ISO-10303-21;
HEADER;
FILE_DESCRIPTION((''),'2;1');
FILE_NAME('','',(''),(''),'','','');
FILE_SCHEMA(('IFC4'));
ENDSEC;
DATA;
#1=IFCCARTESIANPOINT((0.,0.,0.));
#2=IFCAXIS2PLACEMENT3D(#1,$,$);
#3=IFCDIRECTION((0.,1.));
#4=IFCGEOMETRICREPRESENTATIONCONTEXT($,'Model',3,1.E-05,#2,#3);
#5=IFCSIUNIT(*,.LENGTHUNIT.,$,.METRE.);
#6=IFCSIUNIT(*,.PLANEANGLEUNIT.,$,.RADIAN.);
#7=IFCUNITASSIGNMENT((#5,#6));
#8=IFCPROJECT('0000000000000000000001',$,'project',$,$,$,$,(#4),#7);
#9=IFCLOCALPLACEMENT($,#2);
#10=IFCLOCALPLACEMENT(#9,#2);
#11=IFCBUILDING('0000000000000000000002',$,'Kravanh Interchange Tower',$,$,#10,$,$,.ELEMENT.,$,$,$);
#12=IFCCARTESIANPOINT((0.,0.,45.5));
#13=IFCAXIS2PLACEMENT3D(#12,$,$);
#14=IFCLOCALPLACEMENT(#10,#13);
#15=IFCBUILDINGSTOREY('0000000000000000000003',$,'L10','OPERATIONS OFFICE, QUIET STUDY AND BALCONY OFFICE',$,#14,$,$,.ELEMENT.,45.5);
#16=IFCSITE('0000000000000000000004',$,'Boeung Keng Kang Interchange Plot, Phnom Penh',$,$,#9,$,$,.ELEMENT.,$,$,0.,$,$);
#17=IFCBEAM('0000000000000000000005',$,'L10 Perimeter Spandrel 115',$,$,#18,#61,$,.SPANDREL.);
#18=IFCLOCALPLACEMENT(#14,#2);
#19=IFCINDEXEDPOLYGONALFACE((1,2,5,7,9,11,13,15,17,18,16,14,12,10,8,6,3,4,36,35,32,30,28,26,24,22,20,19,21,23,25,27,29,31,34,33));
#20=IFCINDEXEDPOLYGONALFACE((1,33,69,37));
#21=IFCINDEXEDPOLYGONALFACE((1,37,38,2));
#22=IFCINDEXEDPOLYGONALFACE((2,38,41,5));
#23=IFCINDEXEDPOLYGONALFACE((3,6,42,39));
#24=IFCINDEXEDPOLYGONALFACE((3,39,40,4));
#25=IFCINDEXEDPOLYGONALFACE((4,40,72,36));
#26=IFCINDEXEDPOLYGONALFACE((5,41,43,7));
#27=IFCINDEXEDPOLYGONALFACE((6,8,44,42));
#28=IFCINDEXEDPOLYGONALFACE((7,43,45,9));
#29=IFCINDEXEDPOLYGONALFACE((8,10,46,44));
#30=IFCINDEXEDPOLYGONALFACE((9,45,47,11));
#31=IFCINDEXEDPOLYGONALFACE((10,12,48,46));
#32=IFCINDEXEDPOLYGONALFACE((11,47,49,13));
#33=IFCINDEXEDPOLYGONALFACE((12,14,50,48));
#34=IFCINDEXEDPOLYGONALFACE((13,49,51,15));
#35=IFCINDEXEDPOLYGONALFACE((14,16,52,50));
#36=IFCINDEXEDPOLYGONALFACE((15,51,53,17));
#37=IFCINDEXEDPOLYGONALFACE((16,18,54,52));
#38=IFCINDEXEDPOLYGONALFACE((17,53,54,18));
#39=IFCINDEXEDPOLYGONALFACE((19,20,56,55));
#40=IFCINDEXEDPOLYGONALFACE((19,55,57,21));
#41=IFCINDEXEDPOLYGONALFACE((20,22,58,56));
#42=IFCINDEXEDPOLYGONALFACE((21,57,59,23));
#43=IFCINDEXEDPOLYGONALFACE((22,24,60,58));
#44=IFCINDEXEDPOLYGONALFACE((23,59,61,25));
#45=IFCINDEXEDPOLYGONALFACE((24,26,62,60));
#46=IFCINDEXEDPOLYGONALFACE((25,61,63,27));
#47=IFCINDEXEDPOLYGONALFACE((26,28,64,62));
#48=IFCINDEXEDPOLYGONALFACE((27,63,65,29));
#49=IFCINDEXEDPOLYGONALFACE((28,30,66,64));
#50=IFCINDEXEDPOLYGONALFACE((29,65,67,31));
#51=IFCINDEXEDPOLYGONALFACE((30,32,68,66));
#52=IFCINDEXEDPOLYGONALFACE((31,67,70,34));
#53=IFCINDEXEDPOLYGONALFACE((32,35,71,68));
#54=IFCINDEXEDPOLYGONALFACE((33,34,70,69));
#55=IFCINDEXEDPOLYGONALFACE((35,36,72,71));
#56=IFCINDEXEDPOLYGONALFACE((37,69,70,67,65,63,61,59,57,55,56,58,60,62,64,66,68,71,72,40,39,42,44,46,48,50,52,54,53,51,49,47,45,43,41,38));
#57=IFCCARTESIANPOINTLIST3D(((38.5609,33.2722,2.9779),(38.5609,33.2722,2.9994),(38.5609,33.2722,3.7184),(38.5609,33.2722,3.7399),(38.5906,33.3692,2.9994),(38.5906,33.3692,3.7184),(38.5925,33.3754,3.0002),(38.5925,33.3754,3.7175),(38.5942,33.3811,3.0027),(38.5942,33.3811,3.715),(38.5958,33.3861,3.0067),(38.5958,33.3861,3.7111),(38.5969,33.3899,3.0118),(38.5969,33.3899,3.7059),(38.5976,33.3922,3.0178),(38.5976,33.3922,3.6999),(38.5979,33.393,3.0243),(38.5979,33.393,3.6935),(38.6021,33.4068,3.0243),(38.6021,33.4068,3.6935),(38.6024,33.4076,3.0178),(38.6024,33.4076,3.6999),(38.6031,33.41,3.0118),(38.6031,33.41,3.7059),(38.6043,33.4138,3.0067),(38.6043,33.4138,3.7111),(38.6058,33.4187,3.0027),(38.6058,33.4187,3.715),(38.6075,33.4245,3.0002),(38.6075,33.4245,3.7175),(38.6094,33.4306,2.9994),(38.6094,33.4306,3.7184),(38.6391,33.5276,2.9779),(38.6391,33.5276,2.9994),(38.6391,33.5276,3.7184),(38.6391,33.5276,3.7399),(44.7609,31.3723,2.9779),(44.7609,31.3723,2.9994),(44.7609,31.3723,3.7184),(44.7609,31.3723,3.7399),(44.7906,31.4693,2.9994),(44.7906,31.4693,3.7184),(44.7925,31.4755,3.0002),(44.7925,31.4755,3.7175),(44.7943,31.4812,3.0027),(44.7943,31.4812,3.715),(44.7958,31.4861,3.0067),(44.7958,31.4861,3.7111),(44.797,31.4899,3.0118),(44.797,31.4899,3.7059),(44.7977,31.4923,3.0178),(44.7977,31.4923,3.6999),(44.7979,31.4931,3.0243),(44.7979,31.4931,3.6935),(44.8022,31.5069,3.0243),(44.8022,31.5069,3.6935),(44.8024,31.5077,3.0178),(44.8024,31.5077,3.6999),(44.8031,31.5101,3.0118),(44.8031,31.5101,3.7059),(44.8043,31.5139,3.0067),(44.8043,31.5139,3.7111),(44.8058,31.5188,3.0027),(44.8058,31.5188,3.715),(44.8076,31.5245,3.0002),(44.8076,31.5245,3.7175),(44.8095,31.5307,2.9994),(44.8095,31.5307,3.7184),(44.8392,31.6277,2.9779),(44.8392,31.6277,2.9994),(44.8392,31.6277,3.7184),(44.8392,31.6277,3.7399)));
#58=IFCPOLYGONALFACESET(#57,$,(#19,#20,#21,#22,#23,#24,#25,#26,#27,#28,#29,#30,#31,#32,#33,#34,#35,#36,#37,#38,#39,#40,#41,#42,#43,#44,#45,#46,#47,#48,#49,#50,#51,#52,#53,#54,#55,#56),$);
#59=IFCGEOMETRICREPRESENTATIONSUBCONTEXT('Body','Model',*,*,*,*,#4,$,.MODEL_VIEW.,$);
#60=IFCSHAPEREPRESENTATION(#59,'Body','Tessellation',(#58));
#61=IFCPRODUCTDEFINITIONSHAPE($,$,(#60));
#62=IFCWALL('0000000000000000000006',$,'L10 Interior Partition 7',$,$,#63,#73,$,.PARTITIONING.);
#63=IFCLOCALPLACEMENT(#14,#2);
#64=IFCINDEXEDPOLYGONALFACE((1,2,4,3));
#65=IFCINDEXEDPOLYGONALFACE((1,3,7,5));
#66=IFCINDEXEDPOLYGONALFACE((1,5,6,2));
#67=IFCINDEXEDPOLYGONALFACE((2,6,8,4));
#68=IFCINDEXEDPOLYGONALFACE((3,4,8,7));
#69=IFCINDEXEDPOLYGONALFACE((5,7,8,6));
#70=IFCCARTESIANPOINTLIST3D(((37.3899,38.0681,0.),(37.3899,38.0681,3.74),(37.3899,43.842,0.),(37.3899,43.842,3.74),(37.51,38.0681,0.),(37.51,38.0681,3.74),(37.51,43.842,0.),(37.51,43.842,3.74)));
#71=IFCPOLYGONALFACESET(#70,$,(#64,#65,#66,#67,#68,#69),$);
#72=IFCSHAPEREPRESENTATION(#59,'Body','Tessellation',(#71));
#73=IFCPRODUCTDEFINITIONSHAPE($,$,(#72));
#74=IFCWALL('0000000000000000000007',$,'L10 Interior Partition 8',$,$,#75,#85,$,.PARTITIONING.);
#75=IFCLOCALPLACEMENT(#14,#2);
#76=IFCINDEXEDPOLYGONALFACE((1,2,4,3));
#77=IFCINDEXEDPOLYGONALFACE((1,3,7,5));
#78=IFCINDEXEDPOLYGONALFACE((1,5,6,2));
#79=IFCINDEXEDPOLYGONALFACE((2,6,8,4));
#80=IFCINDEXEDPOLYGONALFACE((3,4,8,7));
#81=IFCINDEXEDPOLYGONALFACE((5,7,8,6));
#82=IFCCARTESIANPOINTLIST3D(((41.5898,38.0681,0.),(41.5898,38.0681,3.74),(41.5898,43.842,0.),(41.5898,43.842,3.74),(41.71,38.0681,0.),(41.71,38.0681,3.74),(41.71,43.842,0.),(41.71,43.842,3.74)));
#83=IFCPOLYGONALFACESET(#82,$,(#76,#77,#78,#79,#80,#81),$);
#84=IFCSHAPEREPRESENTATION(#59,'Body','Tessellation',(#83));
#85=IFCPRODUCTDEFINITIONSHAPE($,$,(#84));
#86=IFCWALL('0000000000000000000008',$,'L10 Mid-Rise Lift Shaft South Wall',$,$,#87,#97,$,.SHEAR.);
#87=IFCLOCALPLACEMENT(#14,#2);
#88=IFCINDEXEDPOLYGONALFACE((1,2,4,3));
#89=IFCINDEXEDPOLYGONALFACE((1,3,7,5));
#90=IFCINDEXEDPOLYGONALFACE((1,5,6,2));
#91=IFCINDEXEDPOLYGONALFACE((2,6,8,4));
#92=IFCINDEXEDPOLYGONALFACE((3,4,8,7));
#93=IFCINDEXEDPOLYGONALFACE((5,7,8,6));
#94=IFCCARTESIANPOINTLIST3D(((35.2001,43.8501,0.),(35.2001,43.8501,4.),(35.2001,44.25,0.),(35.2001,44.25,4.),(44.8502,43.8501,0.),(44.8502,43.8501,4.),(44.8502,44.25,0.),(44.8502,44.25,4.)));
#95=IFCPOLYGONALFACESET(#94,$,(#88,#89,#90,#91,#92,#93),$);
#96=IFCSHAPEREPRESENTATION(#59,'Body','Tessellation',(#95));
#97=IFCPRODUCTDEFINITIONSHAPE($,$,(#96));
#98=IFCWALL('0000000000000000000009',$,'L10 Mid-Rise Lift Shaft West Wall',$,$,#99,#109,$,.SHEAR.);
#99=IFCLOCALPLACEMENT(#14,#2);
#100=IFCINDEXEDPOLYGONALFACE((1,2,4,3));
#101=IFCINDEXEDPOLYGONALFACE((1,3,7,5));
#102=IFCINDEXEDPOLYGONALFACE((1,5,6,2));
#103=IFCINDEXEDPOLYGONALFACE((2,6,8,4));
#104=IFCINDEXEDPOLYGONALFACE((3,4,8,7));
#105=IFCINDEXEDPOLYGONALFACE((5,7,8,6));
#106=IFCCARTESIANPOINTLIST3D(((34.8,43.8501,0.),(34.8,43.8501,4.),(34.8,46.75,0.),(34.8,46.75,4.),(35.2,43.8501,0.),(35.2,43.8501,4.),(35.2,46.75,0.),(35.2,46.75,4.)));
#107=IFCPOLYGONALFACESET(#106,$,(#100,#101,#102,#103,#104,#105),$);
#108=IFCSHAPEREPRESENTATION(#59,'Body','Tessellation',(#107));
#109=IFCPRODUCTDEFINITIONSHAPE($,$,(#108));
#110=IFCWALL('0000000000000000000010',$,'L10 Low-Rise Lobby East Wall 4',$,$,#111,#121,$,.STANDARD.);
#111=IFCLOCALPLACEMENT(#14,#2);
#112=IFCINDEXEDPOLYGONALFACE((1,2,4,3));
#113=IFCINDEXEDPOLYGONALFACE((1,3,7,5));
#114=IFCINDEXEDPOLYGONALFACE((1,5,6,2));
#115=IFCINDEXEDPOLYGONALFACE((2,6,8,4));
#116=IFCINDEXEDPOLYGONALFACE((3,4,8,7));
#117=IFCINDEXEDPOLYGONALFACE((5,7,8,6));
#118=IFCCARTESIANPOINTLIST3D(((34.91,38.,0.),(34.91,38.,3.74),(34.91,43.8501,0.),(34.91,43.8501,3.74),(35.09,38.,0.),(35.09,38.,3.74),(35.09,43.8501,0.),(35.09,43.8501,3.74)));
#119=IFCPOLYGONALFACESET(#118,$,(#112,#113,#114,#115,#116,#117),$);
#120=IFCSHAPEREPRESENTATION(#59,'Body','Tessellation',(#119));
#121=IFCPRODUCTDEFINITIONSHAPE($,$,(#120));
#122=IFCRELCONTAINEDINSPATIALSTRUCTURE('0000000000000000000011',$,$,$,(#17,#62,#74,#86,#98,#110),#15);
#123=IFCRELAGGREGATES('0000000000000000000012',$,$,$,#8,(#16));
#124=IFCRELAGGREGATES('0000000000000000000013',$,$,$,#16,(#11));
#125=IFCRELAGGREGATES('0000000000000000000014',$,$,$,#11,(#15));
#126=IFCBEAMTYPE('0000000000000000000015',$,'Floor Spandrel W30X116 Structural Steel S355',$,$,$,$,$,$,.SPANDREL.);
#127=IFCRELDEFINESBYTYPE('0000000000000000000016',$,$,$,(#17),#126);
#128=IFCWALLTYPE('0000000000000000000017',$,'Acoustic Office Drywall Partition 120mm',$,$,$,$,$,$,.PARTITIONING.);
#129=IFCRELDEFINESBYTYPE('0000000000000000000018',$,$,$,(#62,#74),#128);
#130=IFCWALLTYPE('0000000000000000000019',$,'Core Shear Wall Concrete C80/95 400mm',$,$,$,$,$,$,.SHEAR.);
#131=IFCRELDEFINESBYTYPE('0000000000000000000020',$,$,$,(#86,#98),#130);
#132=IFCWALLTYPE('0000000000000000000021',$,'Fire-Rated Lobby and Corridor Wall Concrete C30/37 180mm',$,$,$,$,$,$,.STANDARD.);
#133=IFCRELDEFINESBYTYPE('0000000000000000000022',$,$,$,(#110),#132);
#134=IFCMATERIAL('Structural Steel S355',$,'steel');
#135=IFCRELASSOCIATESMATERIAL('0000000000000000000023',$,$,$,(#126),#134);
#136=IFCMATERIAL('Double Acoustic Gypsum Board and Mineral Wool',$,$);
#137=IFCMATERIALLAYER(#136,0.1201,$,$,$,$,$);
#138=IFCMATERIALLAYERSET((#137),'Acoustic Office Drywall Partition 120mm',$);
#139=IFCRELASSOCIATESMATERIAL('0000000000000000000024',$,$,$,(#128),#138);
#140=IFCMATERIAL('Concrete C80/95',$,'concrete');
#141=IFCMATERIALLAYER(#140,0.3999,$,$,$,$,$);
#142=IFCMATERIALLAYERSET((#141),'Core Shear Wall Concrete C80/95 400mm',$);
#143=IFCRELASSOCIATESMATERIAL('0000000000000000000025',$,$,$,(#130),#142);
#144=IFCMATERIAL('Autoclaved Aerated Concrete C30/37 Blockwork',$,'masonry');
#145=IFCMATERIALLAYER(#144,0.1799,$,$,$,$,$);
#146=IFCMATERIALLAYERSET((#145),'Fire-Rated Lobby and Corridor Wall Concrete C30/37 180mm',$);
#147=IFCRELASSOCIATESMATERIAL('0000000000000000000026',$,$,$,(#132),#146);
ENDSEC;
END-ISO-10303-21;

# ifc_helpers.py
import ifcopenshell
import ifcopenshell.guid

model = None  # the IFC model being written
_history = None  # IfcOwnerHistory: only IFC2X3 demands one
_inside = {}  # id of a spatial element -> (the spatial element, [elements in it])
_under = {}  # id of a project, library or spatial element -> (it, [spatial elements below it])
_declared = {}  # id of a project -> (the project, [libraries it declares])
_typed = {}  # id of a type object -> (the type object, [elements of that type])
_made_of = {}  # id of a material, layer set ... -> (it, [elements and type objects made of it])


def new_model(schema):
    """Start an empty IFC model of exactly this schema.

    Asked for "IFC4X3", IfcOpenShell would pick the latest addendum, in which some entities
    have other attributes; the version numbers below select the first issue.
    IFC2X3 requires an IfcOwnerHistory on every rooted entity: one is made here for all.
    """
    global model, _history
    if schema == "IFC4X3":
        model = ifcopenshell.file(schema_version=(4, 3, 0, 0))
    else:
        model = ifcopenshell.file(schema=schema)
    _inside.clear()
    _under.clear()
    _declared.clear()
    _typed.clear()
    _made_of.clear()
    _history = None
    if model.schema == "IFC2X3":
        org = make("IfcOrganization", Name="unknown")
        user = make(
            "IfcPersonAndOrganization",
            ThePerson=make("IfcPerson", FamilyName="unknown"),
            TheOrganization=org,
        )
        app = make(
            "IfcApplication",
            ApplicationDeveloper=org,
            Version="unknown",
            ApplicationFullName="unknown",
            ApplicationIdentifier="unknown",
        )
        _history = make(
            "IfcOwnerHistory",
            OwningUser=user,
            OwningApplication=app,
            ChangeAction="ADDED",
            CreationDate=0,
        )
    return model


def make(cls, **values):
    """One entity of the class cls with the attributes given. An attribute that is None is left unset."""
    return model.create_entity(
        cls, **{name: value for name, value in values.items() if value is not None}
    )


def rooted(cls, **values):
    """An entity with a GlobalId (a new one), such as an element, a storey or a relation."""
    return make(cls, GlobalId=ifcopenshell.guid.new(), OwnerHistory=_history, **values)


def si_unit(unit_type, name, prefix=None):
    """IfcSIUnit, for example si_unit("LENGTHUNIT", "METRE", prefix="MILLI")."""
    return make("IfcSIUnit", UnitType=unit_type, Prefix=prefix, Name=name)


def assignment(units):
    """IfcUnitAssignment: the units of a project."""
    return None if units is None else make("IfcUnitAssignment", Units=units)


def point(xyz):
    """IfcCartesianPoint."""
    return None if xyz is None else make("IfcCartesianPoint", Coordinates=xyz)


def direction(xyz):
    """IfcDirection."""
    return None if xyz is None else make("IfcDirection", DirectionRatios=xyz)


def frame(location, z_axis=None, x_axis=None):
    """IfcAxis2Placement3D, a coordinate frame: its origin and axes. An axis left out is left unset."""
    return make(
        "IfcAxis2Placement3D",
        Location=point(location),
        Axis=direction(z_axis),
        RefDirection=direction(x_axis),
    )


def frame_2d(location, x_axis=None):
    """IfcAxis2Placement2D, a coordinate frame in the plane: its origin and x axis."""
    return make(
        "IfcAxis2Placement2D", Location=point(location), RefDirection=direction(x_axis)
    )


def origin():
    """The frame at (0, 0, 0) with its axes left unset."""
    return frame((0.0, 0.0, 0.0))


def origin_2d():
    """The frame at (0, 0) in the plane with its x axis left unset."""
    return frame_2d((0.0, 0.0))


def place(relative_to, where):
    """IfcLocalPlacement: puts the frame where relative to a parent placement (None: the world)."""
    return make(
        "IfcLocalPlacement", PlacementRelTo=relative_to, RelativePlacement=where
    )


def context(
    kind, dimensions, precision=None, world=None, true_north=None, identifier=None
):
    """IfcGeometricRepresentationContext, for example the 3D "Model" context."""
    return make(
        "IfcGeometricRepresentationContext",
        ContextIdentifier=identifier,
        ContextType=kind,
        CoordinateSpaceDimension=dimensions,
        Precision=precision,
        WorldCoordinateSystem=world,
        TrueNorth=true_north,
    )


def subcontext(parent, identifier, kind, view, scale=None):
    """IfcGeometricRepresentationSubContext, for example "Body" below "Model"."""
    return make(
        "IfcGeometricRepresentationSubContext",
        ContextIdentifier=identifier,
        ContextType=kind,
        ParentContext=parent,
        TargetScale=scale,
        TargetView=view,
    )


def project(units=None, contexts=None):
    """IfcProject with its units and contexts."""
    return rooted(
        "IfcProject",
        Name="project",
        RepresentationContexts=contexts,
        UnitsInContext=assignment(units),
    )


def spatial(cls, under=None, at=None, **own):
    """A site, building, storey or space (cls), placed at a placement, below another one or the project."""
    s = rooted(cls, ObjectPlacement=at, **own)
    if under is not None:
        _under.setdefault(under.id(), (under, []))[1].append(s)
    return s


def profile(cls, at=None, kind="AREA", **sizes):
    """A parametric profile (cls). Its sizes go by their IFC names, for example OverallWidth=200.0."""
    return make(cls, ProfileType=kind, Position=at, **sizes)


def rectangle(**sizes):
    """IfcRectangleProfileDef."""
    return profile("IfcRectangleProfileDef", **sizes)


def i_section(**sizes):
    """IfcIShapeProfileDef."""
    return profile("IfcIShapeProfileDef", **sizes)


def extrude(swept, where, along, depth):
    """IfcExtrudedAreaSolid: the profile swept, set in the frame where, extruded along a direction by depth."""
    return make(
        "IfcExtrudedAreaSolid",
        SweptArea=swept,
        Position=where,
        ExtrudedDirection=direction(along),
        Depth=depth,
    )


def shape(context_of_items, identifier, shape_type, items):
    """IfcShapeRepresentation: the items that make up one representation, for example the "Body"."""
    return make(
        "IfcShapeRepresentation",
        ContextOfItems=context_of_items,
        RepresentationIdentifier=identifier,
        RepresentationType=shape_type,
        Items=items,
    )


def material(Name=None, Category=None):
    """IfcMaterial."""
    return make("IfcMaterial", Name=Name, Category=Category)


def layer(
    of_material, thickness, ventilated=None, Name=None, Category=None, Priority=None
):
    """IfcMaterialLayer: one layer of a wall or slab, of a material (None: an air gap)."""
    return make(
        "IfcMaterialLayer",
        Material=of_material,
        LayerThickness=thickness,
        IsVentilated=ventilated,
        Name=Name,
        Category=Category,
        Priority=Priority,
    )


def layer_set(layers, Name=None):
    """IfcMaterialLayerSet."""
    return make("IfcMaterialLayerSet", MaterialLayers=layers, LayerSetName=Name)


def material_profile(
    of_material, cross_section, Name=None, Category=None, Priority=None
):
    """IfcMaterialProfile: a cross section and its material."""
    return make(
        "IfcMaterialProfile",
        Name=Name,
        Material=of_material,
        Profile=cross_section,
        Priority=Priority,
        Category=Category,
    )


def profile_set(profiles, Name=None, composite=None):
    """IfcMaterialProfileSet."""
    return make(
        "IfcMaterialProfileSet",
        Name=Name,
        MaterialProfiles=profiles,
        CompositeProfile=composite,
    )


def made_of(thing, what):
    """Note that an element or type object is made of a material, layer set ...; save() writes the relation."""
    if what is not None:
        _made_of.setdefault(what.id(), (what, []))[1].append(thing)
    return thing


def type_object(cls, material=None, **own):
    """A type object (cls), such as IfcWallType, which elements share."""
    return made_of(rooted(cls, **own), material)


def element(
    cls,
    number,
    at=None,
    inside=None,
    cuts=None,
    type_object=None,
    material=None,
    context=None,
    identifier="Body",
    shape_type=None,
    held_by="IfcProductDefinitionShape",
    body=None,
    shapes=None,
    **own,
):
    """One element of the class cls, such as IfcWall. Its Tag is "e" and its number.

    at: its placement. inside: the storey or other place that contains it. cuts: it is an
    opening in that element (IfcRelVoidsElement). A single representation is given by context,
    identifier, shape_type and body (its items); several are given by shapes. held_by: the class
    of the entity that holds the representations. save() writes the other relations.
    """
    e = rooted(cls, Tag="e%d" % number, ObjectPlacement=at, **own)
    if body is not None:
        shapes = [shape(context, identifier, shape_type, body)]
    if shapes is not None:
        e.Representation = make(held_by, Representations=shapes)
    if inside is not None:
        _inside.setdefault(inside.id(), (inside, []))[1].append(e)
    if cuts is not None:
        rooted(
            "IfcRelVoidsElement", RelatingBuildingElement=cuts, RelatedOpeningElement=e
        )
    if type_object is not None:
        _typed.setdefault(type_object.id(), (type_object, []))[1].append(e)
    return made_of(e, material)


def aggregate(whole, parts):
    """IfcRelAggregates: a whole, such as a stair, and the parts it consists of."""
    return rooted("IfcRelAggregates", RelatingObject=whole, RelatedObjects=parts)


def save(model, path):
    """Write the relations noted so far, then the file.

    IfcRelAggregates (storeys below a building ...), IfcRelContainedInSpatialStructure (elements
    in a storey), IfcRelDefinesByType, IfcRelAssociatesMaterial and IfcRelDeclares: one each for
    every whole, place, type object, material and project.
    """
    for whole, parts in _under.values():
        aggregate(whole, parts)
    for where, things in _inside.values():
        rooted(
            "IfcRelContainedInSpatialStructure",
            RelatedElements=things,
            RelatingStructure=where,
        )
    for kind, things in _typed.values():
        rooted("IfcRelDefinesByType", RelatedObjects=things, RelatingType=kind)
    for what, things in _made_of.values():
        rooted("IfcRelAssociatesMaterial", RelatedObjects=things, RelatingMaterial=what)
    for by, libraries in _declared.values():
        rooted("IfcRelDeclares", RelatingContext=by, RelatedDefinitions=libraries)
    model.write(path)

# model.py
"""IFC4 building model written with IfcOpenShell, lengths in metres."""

from ifc_helpers import new_model, si_unit, direction, frame, frame_2d, origin, origin_2d, place, context, subcontext, project, spatial, rectangle, i_section, extrude, material, layer, layer_set, material_profile, profile_set, type_object, element, save


model = new_model("IFC4")

# Units and contexts
model_context = context("Model", 3, precision=1e-05, world=origin(), true_north=direction((0.0, 1.0)))
body_context = subcontext(model_context, "Body", "Model", "MODEL_VIEW")
ifc_project = project(units=[si_unit("LENGTHUNIT", "METRE"), si_unit("PLANEANGLEUNIT", "RADIAN")], contexts=[model_context])

# Site, building, storey
site_placement = place(None, origin())
site = spatial("IfcSite", under=ifc_project, at=site_placement, Name="Boeung Keng Kang Interchange Plot, Phnom Penh", CompositionType="ELEMENT", RefElevation=0.0)
building_placement = place(site_placement, origin())
building = spatial("IfcBuilding", under=site, at=building_placement, Name="Kravanh Interchange Tower", CompositionType="ELEMENT")
storey_placement = place(building_placement, frame((0.0, 0.0, 45.5)))
storey = spatial("IfcBuildingStorey", under=building, at=storey_placement, Name="L10", Description="OPERATIONS OFFICE, QUIET STUDY AND BALCONY OFFICE", CompositionType="ELEMENT", Elevation=45.5)

# Beam
ifc_material_1 = material(Name="Structural Steel S355", Category="steel")
ifc_material_profile_1 = material_profile(ifc_material_1, i_section(OverallWidth=0.2671, OverallDepth=0.762, WebThickness=0.0144, FlangeThickness=0.0215, FilletRadius=0.0249, at=origin_2d()), Name="W30X116")
ifc_profile_set_1 = profile_set([ifc_material_profile_1], Name="Structural Steel S355")
beam_type_1 = type_object("IfcBeamType", Name="Floor Spandrel W30X116 Structural Steel S355", PredefinedType="SPANDREL", material=ifc_profile_set_1)
beam_1_placement = place(storey_placement, frame((44.8, 31.5, 3.3589), z_axis=(-0.956115, 0.29299, 0.0), x_axis=(-0.29299, -0.956115, 0.0)))
element("IfcBeam", 1, at=beam_1_placement, inside=storey, type_object=beam_type_1, Name="L10 Perimeter Spandrel 115", PredefinedType="SPANDREL", context=body_context, shape_type="SweptSolid", body=[
    extrude(i_section(OverallWidth=0.2671, OverallDepth=0.762, WebThickness=0.0144, FlangeThickness=0.0215, FilletRadius=0.0249, at=origin_2d()), origin(), (0.0, 0.0, 1.0), 6.4846),
])

# Walls
ifc_material_2 = material(Name="Double Acoustic Gypsum Board and Mineral Wool")
ifc_layer_1 = layer(ifc_material_2, 0.1201)
ifc_layer_set_1 = layer_set([ifc_layer_1], Name="Acoustic Office Drywall Partition 120mm")
wall_type_1 = type_object("IfcWallType", Name="Acoustic Office Drywall Partition 120mm", PredefinedType="PARTITIONING", material=ifc_layer_set_1)
for number, where, z_axis, x_axis, name in (
    (2, (37.45, 38.0681, 0.0), (0.0, 0.0, 1.0), (0.0, 1.0, 0.0), "L10 Interior Partition 7"),
    (3, (41.6499, 38.0681, 0.0), (0.0, 0.0, 1.0), (0.0, 1.0, 0.0), "L10 Interior Partition 8"),
):
    element("IfcWall", number, at=place(storey_placement, frame(where, z_axis=z_axis, x_axis=x_axis)), inside=storey, type_object=wall_type_1, Name=name, PredefinedType="PARTITIONING", context=body_context, shape_type="SweptSolid", body=[
        extrude(rectangle(XDim=5.7739, YDim=0.1201, at=frame_2d((2.887, 0.0))), origin(), (0.0, 0.0, 1.0), 3.74),
    ])
ifc_material_3 = material(Name="Concrete C80/95", Category="concrete")
ifc_layer_2 = layer(ifc_material_3, 0.3999)
ifc_layer_set_2 = layer_set([ifc_layer_2], Name="Core Shear Wall Concrete C80/95 400mm")
wall_type_2 = type_object("IfcWallType", Name="Core Shear Wall Concrete C80/95 400mm", PredefinedType="SHEAR", material=ifc_layer_set_2)
wall_1_placement = place(storey_placement, frame((35.2, 44.05, 0.0), z_axis=(0.0, 0.0, 1.0), x_axis=(1.0, 0.0, 0.0)))
element("IfcWall", 4, at=wall_1_placement, inside=storey, type_object=wall_type_2, Name="L10 Mid-Rise Lift Shaft South Wall", PredefinedType="SHEAR", context=body_context, shape_type="SweptSolid", body=[
    extrude(rectangle(XDim=9.6501, YDim=0.3999, at=frame_2d((4.8252, 0.0))), origin(), (0.0, 0.0, 1.0), 4.0),
])
wall_2_placement = place(storey_placement, frame((35.0, 43.8501, 0.0), z_axis=(0.0, 0.0, 1.0), x_axis=(0.0, 1.0, 0.0)))
element("IfcWall", 5, at=wall_2_placement, inside=storey, type_object=wall_type_2, Name="L10 Mid-Rise Lift Shaft West Wall", PredefinedType="SHEAR", context=body_context, shape_type="SweptSolid", body=[
    extrude(rectangle(XDim=2.8999, YDim=0.3999, at=frame_2d((1.45, 0.0))), origin(), (0.0, 0.0, 1.0), 4.0),
])
ifc_material_4 = material(Name="Autoclaved Aerated Concrete C30/37 Blockwork", Category="masonry")
ifc_layer_3 = layer(ifc_material_4, 0.1799)
ifc_layer_set_3 = layer_set([ifc_layer_3], Name="Fire-Rated Lobby and Corridor Wall Concrete C30/37 180mm")
wall_type_3 = type_object("IfcWallType", Name="Fire-Rated Lobby and Corridor Wall Concrete C30/37 180mm", PredefinedType="STANDARD", material=ifc_layer_set_3)
wall_3_placement = place(storey_placement, frame((35.0, 38.0, 0.0), z_axis=(0.0, 0.0, 1.0), x_axis=(0.0, 1.0, 0.0)))
element("IfcWall", 6, at=wall_3_placement, inside=storey, type_object=wall_type_3, Name="L10 Low-Rise Lobby East Wall 4", PredefinedType="STANDARD", context=body_context, shape_type="SweptSolid", body=[
    extrude(rectangle(XDim=5.8501, YDim=0.1799, at=frame_2d((2.925, 0.0))), origin(), (0.0, 0.0, 1.0), 3.74),
])

save(model, "model.ifc")
